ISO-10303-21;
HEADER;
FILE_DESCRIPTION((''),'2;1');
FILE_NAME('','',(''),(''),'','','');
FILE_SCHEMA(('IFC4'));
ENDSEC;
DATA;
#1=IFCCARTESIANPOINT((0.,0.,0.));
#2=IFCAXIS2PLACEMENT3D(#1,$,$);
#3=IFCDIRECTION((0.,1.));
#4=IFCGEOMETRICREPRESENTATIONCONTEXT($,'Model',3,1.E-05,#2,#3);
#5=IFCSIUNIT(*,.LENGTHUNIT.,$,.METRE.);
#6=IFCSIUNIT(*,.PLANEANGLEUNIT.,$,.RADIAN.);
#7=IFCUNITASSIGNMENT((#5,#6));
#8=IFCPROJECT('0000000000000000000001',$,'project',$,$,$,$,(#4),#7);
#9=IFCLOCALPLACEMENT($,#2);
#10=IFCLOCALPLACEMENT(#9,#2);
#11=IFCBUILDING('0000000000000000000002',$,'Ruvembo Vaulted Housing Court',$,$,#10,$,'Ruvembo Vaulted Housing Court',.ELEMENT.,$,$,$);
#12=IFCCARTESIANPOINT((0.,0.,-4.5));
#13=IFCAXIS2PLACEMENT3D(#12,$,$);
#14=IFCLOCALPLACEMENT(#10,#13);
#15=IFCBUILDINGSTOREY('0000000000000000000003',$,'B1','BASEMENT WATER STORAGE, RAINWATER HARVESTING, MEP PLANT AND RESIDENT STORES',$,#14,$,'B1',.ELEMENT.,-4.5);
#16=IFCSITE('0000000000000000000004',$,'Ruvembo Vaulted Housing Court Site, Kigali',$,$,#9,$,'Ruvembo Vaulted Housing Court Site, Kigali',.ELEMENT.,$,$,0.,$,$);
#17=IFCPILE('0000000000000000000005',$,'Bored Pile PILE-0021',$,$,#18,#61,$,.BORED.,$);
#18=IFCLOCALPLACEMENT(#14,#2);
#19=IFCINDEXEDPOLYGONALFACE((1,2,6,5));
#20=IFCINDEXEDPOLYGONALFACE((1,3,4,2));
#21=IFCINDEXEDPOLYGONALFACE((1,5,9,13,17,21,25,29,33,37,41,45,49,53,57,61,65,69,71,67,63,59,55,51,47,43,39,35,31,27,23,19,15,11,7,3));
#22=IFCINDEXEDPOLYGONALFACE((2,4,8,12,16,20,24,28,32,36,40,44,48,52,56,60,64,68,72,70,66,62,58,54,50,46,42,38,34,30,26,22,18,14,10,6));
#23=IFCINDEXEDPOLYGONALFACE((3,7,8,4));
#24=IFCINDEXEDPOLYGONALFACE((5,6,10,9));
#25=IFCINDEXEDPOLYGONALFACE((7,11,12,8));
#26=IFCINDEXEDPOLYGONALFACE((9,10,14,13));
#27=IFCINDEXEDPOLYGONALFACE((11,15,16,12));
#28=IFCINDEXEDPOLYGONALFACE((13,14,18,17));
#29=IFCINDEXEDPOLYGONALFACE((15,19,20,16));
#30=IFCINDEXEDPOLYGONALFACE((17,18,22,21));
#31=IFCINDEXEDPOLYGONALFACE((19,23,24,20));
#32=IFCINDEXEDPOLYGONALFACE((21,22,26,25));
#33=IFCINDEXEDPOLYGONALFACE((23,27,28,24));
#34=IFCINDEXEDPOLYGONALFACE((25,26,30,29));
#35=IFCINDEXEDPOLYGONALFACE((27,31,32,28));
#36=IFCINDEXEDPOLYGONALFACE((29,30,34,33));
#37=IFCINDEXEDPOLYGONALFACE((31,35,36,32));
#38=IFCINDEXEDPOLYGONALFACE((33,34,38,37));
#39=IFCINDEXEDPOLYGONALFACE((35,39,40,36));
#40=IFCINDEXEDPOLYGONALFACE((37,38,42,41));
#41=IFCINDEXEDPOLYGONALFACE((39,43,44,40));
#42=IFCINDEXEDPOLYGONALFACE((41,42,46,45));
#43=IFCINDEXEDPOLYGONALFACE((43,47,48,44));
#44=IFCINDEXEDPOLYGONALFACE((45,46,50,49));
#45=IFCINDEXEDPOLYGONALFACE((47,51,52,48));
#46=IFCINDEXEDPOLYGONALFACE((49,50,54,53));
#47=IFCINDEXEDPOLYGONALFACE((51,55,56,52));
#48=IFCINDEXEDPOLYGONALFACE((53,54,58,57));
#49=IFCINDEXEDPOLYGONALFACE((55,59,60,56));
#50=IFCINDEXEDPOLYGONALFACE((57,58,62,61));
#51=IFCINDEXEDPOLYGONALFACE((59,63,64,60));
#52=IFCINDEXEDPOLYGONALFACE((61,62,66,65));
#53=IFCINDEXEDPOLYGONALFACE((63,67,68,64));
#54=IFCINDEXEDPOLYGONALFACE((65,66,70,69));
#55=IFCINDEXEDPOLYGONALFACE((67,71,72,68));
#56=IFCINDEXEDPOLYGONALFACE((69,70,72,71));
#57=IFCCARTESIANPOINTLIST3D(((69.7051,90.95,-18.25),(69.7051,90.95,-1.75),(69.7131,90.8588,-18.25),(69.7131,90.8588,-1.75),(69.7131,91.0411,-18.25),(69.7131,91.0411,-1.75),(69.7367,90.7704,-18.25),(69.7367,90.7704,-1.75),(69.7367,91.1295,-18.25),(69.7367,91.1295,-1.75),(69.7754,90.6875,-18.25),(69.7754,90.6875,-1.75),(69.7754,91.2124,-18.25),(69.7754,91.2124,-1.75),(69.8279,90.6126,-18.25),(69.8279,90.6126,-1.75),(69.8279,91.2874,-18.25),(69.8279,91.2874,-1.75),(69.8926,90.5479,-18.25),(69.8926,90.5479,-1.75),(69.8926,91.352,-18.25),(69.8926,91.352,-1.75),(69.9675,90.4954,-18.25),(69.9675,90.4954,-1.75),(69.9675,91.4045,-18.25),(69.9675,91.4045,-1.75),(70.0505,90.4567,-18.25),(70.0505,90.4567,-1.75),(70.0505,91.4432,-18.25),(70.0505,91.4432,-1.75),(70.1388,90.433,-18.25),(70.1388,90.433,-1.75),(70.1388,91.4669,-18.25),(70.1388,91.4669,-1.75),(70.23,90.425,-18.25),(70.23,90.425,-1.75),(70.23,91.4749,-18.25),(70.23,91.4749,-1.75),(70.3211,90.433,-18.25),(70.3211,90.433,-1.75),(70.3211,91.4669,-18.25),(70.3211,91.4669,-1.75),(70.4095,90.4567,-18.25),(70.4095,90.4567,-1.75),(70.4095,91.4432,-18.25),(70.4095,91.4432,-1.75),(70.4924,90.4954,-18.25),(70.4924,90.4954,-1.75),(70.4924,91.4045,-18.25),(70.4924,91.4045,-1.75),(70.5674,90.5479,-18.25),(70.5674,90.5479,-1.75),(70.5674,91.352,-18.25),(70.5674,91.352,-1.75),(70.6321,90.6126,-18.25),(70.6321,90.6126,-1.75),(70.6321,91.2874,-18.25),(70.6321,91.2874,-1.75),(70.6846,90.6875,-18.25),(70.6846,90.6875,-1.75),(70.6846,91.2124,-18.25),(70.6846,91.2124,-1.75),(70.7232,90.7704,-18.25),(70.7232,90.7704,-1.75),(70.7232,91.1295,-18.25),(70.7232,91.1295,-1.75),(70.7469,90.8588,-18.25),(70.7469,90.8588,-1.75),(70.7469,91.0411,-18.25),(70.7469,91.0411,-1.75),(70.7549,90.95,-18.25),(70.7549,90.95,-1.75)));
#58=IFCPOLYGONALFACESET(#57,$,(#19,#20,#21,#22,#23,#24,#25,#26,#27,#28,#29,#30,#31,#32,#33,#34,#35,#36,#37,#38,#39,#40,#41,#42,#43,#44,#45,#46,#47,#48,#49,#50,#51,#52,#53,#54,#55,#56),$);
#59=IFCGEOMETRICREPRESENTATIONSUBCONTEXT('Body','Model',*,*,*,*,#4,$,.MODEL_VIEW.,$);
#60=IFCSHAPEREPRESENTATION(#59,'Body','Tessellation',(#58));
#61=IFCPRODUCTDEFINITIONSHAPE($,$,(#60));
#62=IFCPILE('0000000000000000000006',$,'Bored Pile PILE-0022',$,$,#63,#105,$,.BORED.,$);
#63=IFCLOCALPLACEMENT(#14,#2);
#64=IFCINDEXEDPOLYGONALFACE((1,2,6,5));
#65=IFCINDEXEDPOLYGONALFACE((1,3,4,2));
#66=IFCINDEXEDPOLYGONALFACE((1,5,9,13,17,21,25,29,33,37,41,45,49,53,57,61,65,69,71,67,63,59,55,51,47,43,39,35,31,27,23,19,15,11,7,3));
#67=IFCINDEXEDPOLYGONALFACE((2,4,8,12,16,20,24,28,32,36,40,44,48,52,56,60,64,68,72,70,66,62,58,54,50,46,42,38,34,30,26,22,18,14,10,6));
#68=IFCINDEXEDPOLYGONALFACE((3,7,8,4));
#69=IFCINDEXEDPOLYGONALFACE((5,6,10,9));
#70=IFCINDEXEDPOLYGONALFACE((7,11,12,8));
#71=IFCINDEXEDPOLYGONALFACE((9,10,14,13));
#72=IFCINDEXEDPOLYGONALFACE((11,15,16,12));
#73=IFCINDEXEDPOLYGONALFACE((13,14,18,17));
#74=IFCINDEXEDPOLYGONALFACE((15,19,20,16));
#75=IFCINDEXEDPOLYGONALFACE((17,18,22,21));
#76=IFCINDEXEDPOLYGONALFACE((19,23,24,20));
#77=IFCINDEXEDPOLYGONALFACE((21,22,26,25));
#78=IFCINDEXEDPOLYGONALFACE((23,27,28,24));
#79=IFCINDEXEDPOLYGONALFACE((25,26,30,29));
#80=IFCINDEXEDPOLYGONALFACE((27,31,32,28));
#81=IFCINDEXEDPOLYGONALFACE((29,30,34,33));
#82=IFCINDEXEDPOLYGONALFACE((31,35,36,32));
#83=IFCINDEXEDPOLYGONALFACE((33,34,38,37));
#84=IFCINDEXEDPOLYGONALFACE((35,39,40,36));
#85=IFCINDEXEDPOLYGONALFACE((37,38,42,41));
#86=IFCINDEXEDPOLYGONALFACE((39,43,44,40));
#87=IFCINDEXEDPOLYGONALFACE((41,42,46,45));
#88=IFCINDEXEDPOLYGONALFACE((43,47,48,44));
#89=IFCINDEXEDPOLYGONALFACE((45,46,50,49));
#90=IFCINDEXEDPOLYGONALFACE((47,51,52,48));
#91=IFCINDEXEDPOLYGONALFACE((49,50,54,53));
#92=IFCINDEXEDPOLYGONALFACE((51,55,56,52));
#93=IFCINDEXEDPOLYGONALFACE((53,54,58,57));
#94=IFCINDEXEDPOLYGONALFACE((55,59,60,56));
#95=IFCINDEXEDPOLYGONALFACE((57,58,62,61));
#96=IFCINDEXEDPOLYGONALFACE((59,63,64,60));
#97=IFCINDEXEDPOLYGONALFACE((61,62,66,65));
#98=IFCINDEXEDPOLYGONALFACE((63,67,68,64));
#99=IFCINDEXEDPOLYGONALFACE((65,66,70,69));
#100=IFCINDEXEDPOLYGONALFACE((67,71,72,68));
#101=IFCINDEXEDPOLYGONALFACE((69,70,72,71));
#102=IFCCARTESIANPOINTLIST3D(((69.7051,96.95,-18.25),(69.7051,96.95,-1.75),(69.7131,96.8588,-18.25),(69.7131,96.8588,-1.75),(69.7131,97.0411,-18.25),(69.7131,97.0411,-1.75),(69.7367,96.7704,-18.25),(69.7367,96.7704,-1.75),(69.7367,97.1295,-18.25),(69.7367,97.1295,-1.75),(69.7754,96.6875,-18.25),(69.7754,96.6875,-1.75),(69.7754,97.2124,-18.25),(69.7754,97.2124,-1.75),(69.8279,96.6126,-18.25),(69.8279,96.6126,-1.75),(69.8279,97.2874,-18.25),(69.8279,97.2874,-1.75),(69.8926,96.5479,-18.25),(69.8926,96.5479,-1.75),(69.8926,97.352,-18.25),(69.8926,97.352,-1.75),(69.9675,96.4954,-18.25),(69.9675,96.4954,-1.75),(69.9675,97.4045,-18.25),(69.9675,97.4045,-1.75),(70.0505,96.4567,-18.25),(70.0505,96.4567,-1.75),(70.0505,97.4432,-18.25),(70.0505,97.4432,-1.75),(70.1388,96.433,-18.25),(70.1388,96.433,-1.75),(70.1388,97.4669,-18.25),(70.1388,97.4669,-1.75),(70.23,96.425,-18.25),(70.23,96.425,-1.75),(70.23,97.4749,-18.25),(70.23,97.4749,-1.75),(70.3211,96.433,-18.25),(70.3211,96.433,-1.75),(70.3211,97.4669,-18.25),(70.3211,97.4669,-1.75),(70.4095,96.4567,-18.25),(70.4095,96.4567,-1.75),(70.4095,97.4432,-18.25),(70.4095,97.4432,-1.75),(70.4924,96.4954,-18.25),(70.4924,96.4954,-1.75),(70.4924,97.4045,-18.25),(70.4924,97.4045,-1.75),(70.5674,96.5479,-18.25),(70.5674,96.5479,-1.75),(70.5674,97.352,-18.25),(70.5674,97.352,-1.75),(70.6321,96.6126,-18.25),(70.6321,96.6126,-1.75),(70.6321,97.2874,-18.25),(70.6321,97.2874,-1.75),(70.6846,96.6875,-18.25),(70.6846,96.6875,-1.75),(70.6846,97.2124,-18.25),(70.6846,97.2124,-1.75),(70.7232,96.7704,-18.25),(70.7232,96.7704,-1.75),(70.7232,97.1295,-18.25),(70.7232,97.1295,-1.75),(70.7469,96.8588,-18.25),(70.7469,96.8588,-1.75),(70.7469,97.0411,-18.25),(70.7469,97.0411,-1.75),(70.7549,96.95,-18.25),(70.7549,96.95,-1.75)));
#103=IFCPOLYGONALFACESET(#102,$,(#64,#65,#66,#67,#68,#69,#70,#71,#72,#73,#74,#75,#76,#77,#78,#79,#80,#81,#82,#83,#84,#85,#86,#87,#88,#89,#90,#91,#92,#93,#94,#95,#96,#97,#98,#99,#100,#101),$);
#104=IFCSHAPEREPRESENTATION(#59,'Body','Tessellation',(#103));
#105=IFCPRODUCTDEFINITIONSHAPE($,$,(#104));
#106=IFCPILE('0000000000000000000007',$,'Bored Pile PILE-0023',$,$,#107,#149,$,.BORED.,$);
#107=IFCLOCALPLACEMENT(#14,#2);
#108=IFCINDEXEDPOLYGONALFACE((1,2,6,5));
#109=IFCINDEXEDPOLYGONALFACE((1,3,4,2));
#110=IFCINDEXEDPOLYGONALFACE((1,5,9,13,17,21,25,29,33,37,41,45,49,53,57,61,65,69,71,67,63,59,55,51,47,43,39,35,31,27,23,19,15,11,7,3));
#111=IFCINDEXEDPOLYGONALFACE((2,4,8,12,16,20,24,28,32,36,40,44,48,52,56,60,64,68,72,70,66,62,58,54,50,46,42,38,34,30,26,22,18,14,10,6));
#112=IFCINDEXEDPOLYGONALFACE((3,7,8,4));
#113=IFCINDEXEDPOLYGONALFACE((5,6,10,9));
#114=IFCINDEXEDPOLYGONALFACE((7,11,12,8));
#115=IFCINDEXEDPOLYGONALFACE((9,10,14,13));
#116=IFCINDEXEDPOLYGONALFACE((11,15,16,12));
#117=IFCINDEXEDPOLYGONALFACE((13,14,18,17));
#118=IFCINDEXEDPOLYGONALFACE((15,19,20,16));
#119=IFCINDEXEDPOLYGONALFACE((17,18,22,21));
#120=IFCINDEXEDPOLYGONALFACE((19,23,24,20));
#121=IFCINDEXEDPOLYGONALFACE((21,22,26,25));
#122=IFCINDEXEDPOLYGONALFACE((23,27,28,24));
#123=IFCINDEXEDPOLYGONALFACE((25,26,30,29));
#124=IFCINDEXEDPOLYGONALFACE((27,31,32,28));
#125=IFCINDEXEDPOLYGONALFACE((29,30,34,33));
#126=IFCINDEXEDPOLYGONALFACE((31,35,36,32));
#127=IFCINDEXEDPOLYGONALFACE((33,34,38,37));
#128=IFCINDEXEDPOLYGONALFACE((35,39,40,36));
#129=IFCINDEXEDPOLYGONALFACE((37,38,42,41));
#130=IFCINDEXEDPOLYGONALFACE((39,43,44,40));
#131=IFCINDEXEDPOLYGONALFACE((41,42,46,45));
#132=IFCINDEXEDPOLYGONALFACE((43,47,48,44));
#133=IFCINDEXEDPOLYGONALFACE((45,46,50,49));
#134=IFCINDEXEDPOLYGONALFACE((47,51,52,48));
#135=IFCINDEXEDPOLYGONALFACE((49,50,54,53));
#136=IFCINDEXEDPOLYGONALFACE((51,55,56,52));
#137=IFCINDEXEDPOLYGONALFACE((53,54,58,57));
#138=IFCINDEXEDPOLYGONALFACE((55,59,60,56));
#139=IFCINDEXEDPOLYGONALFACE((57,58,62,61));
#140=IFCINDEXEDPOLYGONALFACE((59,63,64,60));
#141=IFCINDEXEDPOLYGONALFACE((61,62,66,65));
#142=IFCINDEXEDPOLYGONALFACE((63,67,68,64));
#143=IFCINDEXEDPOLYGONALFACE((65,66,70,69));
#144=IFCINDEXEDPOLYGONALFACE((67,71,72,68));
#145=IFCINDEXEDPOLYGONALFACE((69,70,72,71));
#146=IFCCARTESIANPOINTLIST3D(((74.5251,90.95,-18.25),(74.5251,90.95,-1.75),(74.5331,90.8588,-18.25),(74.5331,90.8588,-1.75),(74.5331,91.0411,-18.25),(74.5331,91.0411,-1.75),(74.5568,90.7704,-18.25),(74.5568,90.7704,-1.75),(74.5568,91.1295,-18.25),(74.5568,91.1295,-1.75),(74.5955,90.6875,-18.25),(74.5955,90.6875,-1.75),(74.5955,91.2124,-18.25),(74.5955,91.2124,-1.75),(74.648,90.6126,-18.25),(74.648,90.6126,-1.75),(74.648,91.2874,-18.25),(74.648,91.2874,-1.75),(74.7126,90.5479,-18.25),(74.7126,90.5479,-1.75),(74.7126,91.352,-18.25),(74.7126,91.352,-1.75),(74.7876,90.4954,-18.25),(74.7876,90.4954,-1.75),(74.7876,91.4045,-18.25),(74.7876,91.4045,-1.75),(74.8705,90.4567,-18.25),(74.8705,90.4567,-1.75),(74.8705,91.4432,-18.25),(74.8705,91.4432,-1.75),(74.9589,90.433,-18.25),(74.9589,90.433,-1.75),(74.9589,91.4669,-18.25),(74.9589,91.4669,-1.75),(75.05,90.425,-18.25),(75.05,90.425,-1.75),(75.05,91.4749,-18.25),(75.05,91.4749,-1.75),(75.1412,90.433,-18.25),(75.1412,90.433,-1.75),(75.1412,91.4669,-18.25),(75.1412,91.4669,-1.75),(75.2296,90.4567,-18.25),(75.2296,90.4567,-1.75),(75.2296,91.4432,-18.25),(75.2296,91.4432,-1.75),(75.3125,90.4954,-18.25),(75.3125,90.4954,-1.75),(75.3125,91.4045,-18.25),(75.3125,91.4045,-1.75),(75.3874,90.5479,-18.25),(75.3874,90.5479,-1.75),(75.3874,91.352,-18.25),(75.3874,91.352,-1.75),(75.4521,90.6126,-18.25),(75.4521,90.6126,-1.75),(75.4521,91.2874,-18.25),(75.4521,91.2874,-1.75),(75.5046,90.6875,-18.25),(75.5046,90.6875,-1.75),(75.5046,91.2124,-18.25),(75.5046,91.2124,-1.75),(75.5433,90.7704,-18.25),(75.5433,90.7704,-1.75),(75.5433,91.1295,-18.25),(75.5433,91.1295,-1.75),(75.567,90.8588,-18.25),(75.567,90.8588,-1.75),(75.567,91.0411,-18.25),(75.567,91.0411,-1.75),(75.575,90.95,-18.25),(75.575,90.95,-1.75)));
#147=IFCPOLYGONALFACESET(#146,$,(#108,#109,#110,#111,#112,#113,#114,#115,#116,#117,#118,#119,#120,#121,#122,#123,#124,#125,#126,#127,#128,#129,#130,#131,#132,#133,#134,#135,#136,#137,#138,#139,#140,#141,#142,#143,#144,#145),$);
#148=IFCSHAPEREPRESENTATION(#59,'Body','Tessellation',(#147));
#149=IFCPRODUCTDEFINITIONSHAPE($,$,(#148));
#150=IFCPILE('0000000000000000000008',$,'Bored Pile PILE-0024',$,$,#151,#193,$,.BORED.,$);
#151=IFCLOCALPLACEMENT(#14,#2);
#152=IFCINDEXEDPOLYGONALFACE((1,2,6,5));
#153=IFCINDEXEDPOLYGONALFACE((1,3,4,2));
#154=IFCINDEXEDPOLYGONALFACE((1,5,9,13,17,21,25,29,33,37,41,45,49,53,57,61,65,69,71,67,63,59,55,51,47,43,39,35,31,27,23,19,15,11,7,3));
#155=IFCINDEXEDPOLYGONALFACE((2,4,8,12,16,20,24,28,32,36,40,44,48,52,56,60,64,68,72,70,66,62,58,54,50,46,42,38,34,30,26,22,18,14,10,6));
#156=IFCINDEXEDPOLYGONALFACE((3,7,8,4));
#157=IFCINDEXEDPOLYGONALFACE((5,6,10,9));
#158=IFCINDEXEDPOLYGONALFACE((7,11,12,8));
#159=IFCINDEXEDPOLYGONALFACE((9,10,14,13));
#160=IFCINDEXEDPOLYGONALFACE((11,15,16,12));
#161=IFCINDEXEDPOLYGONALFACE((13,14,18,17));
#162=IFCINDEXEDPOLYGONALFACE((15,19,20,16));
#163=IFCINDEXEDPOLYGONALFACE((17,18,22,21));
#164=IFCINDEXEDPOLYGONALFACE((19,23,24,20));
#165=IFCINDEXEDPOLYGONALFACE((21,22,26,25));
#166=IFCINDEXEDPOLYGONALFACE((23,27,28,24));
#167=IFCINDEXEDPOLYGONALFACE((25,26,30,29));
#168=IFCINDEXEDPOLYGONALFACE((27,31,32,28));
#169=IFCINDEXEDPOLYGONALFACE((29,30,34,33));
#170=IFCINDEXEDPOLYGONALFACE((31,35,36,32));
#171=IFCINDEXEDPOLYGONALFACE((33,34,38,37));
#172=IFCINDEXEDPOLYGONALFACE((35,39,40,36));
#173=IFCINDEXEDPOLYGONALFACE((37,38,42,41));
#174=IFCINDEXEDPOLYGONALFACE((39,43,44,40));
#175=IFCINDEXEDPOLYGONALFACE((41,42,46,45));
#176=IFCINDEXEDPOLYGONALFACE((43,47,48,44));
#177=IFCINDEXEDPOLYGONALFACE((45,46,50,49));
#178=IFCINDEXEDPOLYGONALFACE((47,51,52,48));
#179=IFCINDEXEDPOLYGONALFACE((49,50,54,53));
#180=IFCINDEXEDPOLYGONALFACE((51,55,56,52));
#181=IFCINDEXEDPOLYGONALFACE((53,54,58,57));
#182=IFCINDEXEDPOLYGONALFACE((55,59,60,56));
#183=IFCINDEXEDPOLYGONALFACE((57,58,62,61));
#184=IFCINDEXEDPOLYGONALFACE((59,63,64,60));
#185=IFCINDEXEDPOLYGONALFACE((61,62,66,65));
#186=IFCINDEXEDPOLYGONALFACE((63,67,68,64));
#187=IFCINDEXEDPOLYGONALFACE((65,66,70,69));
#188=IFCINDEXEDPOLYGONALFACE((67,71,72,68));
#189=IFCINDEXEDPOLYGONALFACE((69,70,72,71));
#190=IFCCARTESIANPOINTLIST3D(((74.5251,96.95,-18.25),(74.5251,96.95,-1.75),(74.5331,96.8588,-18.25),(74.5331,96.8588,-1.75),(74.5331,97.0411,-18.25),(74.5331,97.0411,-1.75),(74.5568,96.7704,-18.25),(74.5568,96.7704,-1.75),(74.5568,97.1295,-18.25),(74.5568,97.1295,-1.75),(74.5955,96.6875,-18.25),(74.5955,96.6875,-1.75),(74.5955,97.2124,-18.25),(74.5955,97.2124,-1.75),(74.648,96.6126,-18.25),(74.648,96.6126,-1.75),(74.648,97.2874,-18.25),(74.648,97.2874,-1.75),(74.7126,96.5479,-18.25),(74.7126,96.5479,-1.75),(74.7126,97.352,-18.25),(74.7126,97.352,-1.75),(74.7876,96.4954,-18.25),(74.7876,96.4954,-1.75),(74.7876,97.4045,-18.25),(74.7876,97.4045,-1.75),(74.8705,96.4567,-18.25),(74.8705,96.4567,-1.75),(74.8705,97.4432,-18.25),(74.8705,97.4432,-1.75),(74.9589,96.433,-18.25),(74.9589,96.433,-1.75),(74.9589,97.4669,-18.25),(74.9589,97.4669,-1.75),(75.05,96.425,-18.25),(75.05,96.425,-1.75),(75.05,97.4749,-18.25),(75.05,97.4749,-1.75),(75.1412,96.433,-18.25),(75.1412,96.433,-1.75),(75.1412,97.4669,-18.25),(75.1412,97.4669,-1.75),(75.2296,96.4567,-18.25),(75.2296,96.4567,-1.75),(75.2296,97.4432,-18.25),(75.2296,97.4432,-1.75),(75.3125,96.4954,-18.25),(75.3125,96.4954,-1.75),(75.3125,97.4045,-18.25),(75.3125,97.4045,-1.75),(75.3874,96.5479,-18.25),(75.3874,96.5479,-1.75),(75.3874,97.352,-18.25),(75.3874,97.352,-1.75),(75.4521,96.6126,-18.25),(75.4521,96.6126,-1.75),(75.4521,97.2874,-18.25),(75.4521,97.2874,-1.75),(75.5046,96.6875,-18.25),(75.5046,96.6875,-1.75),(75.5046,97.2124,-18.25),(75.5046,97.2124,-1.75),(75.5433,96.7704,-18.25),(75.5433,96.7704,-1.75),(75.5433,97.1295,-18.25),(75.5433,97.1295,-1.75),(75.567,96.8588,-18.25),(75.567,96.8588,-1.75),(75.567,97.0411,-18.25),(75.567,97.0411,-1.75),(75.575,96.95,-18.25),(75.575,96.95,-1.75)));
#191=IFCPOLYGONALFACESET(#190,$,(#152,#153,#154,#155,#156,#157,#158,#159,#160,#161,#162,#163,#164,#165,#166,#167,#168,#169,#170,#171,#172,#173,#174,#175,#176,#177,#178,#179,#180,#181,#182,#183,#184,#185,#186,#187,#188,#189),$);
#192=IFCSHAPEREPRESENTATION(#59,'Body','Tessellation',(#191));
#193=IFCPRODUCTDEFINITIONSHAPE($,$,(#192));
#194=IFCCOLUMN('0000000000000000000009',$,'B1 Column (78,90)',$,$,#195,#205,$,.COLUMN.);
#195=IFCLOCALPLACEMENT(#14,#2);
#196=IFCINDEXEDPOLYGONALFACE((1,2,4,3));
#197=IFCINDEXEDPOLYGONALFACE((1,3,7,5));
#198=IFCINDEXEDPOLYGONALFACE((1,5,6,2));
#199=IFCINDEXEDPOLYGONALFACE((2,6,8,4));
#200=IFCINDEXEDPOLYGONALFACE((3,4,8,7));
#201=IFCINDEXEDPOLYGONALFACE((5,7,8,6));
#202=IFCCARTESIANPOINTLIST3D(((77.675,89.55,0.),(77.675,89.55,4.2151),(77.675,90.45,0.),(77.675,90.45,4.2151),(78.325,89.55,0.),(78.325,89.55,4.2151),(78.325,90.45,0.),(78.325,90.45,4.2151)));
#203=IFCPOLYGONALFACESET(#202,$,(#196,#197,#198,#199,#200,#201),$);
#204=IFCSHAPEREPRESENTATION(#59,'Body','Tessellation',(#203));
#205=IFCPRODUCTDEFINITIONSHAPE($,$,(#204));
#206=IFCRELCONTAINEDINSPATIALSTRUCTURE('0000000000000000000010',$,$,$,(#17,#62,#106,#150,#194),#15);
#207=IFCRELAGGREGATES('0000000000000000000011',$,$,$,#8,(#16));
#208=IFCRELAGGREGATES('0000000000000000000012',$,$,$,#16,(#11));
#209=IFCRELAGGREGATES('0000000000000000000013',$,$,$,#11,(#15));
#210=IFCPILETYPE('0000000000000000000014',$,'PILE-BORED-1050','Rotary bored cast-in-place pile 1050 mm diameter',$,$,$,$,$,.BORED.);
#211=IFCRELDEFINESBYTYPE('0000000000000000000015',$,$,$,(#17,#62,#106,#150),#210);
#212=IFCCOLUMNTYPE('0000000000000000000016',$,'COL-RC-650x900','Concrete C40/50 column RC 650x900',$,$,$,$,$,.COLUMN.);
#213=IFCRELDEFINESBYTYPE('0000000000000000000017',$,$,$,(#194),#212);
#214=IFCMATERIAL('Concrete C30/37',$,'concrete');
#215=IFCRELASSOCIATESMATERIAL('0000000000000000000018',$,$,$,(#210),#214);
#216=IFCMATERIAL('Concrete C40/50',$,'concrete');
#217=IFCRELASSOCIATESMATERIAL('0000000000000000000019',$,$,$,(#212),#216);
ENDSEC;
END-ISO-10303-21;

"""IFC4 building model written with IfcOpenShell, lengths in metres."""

from ifc_helpers import new_model, si_unit, direction, frame, origin, origin_2d, place, context, subcontext, project, spatial, rectangle, circle, extrude, material, material_profile, profile_set, type_object, element, save


model = new_model("IFC4")

# Units and contexts
model_context = context("Model", 3, precision=1e-05, world=origin(), true_north=direction((0.0, 1.0)))
body_context = subcontext(model_context, "Body", "Model", "MODEL_VIEW")
ifc_project = project(units=[si_unit("LENGTHUNIT", "METRE"), si_unit("PLANEANGLEUNIT", "RADIAN")], contexts=[model_context])

# Site, building, storey
site_placement = place(None, origin())
site = spatial("IfcSite", under=ifc_project, at=site_placement, Name="Ruvembo Vaulted Housing Court Site, Kigali", LongName="Ruvembo Vaulted Housing Court Site, Kigali", CompositionType="ELEMENT", RefElevation=0.0)
building_placement = place(site_placement, origin())
building = spatial("IfcBuilding", under=site, at=building_placement, Name="Ruvembo Vaulted Housing Court", LongName="Ruvembo Vaulted Housing Court", CompositionType="ELEMENT")
storey_placement = place(building_placement, frame((0.0, 0.0, -4.5)))
storey = spatial("IfcBuildingStorey", under=building, at=storey_placement, Name="B1", Description="BASEMENT WATER STORAGE, RAINWATER HARVESTING, MEP PLANT AND RESIDENT STORES", LongName="B1", CompositionType="ELEMENT", Elevation=-4.5)

# Piles
ifc_material_1 = material(Name="Concrete C30/37", Category="concrete")
ifc_material_profile_1 = material_profile(ifc_material_1, circle(Radius=0.5249, at=origin_2d()), Name="PILE D1050")
ifc_profile_set_1 = profile_set([ifc_material_profile_1], Name="Concrete C30/37")
pile_type = type_object("IfcPileType", Name="PILE-BORED-1050", Description="Rotary bored cast-in-place pile 1050 mm diameter", PredefinedType="BORED", material=ifc_profile_set_1)
for number, where, z_axis, x_axis, name in (
    (1, (70.23, 90.95, -1.75), (0.0, 0.0, -1.0), (1.0, 0.0, 0.0), "Bored Pile PILE-0021"),
    (2, (70.23, 96.95, -1.75), (0.0, 0.0, -1.0), (1.0, 0.0, 0.0), "Bored Pile PILE-0022"),
    (3, (75.05, 90.95, -1.75), (0.0, 0.0, -1.0), (1.0, 0.0, 0.0), "Bored Pile PILE-0023"),
    (4, (75.05, 96.95, -1.75), (0.0, 0.0, -1.0), (1.0, 0.0, 0.0), "Bored Pile PILE-0024"),
):
    element("IfcPile", number, at=place(storey_placement, frame(where, z_axis=z_axis, x_axis=x_axis)), inside=storey, type_object=pile_type, Name=name, PredefinedType="BORED", context=body_context, shape_type="SweptSolid", body=[
        extrude(circle(Radius=0.5249, at=origin_2d()), origin(), (0.0, 0.0, 1.0), 16.5),
    ])

# Column
ifc_material_2 = material(Name="Concrete C40/50", Category="concrete")
ifc_material_profile_2 = material_profile(ifc_material_2, rectangle(XDim=0.6499, YDim=0.8999, at=origin_2d()), Name="RC 650x900")
ifc_profile_set_2 = profile_set([ifc_material_profile_2], Name="Concrete C40/50")
column_type = type_object("IfcColumnType", Name="COL-RC-650x900", Description="Concrete C40/50 column RC 650x900", PredefinedType="COLUMN", material=ifc_profile_set_2)
for number, where, z_axis, x_axis, name in (
    (5, (78.0, 90.0, 0.0), (0.0, 0.0, 1.0), (1.0, 0.0, 0.0), "B1 Column (78,90)"),
):
    element("IfcColumn", number, at=place(storey_placement, frame(where, z_axis=z_axis, x_axis=x_axis)), inside=storey, type_object=column_type, Name=name, PredefinedType="COLUMN", context=body_context, shape_type="SweptSolid", body=[
        extrude(rectangle(XDim=0.6499, YDim=0.8999, at=origin_2d()), origin(), (0.0, 0.0, 1.0), 4.2151),
    ])

save(model, "model.ifc")
